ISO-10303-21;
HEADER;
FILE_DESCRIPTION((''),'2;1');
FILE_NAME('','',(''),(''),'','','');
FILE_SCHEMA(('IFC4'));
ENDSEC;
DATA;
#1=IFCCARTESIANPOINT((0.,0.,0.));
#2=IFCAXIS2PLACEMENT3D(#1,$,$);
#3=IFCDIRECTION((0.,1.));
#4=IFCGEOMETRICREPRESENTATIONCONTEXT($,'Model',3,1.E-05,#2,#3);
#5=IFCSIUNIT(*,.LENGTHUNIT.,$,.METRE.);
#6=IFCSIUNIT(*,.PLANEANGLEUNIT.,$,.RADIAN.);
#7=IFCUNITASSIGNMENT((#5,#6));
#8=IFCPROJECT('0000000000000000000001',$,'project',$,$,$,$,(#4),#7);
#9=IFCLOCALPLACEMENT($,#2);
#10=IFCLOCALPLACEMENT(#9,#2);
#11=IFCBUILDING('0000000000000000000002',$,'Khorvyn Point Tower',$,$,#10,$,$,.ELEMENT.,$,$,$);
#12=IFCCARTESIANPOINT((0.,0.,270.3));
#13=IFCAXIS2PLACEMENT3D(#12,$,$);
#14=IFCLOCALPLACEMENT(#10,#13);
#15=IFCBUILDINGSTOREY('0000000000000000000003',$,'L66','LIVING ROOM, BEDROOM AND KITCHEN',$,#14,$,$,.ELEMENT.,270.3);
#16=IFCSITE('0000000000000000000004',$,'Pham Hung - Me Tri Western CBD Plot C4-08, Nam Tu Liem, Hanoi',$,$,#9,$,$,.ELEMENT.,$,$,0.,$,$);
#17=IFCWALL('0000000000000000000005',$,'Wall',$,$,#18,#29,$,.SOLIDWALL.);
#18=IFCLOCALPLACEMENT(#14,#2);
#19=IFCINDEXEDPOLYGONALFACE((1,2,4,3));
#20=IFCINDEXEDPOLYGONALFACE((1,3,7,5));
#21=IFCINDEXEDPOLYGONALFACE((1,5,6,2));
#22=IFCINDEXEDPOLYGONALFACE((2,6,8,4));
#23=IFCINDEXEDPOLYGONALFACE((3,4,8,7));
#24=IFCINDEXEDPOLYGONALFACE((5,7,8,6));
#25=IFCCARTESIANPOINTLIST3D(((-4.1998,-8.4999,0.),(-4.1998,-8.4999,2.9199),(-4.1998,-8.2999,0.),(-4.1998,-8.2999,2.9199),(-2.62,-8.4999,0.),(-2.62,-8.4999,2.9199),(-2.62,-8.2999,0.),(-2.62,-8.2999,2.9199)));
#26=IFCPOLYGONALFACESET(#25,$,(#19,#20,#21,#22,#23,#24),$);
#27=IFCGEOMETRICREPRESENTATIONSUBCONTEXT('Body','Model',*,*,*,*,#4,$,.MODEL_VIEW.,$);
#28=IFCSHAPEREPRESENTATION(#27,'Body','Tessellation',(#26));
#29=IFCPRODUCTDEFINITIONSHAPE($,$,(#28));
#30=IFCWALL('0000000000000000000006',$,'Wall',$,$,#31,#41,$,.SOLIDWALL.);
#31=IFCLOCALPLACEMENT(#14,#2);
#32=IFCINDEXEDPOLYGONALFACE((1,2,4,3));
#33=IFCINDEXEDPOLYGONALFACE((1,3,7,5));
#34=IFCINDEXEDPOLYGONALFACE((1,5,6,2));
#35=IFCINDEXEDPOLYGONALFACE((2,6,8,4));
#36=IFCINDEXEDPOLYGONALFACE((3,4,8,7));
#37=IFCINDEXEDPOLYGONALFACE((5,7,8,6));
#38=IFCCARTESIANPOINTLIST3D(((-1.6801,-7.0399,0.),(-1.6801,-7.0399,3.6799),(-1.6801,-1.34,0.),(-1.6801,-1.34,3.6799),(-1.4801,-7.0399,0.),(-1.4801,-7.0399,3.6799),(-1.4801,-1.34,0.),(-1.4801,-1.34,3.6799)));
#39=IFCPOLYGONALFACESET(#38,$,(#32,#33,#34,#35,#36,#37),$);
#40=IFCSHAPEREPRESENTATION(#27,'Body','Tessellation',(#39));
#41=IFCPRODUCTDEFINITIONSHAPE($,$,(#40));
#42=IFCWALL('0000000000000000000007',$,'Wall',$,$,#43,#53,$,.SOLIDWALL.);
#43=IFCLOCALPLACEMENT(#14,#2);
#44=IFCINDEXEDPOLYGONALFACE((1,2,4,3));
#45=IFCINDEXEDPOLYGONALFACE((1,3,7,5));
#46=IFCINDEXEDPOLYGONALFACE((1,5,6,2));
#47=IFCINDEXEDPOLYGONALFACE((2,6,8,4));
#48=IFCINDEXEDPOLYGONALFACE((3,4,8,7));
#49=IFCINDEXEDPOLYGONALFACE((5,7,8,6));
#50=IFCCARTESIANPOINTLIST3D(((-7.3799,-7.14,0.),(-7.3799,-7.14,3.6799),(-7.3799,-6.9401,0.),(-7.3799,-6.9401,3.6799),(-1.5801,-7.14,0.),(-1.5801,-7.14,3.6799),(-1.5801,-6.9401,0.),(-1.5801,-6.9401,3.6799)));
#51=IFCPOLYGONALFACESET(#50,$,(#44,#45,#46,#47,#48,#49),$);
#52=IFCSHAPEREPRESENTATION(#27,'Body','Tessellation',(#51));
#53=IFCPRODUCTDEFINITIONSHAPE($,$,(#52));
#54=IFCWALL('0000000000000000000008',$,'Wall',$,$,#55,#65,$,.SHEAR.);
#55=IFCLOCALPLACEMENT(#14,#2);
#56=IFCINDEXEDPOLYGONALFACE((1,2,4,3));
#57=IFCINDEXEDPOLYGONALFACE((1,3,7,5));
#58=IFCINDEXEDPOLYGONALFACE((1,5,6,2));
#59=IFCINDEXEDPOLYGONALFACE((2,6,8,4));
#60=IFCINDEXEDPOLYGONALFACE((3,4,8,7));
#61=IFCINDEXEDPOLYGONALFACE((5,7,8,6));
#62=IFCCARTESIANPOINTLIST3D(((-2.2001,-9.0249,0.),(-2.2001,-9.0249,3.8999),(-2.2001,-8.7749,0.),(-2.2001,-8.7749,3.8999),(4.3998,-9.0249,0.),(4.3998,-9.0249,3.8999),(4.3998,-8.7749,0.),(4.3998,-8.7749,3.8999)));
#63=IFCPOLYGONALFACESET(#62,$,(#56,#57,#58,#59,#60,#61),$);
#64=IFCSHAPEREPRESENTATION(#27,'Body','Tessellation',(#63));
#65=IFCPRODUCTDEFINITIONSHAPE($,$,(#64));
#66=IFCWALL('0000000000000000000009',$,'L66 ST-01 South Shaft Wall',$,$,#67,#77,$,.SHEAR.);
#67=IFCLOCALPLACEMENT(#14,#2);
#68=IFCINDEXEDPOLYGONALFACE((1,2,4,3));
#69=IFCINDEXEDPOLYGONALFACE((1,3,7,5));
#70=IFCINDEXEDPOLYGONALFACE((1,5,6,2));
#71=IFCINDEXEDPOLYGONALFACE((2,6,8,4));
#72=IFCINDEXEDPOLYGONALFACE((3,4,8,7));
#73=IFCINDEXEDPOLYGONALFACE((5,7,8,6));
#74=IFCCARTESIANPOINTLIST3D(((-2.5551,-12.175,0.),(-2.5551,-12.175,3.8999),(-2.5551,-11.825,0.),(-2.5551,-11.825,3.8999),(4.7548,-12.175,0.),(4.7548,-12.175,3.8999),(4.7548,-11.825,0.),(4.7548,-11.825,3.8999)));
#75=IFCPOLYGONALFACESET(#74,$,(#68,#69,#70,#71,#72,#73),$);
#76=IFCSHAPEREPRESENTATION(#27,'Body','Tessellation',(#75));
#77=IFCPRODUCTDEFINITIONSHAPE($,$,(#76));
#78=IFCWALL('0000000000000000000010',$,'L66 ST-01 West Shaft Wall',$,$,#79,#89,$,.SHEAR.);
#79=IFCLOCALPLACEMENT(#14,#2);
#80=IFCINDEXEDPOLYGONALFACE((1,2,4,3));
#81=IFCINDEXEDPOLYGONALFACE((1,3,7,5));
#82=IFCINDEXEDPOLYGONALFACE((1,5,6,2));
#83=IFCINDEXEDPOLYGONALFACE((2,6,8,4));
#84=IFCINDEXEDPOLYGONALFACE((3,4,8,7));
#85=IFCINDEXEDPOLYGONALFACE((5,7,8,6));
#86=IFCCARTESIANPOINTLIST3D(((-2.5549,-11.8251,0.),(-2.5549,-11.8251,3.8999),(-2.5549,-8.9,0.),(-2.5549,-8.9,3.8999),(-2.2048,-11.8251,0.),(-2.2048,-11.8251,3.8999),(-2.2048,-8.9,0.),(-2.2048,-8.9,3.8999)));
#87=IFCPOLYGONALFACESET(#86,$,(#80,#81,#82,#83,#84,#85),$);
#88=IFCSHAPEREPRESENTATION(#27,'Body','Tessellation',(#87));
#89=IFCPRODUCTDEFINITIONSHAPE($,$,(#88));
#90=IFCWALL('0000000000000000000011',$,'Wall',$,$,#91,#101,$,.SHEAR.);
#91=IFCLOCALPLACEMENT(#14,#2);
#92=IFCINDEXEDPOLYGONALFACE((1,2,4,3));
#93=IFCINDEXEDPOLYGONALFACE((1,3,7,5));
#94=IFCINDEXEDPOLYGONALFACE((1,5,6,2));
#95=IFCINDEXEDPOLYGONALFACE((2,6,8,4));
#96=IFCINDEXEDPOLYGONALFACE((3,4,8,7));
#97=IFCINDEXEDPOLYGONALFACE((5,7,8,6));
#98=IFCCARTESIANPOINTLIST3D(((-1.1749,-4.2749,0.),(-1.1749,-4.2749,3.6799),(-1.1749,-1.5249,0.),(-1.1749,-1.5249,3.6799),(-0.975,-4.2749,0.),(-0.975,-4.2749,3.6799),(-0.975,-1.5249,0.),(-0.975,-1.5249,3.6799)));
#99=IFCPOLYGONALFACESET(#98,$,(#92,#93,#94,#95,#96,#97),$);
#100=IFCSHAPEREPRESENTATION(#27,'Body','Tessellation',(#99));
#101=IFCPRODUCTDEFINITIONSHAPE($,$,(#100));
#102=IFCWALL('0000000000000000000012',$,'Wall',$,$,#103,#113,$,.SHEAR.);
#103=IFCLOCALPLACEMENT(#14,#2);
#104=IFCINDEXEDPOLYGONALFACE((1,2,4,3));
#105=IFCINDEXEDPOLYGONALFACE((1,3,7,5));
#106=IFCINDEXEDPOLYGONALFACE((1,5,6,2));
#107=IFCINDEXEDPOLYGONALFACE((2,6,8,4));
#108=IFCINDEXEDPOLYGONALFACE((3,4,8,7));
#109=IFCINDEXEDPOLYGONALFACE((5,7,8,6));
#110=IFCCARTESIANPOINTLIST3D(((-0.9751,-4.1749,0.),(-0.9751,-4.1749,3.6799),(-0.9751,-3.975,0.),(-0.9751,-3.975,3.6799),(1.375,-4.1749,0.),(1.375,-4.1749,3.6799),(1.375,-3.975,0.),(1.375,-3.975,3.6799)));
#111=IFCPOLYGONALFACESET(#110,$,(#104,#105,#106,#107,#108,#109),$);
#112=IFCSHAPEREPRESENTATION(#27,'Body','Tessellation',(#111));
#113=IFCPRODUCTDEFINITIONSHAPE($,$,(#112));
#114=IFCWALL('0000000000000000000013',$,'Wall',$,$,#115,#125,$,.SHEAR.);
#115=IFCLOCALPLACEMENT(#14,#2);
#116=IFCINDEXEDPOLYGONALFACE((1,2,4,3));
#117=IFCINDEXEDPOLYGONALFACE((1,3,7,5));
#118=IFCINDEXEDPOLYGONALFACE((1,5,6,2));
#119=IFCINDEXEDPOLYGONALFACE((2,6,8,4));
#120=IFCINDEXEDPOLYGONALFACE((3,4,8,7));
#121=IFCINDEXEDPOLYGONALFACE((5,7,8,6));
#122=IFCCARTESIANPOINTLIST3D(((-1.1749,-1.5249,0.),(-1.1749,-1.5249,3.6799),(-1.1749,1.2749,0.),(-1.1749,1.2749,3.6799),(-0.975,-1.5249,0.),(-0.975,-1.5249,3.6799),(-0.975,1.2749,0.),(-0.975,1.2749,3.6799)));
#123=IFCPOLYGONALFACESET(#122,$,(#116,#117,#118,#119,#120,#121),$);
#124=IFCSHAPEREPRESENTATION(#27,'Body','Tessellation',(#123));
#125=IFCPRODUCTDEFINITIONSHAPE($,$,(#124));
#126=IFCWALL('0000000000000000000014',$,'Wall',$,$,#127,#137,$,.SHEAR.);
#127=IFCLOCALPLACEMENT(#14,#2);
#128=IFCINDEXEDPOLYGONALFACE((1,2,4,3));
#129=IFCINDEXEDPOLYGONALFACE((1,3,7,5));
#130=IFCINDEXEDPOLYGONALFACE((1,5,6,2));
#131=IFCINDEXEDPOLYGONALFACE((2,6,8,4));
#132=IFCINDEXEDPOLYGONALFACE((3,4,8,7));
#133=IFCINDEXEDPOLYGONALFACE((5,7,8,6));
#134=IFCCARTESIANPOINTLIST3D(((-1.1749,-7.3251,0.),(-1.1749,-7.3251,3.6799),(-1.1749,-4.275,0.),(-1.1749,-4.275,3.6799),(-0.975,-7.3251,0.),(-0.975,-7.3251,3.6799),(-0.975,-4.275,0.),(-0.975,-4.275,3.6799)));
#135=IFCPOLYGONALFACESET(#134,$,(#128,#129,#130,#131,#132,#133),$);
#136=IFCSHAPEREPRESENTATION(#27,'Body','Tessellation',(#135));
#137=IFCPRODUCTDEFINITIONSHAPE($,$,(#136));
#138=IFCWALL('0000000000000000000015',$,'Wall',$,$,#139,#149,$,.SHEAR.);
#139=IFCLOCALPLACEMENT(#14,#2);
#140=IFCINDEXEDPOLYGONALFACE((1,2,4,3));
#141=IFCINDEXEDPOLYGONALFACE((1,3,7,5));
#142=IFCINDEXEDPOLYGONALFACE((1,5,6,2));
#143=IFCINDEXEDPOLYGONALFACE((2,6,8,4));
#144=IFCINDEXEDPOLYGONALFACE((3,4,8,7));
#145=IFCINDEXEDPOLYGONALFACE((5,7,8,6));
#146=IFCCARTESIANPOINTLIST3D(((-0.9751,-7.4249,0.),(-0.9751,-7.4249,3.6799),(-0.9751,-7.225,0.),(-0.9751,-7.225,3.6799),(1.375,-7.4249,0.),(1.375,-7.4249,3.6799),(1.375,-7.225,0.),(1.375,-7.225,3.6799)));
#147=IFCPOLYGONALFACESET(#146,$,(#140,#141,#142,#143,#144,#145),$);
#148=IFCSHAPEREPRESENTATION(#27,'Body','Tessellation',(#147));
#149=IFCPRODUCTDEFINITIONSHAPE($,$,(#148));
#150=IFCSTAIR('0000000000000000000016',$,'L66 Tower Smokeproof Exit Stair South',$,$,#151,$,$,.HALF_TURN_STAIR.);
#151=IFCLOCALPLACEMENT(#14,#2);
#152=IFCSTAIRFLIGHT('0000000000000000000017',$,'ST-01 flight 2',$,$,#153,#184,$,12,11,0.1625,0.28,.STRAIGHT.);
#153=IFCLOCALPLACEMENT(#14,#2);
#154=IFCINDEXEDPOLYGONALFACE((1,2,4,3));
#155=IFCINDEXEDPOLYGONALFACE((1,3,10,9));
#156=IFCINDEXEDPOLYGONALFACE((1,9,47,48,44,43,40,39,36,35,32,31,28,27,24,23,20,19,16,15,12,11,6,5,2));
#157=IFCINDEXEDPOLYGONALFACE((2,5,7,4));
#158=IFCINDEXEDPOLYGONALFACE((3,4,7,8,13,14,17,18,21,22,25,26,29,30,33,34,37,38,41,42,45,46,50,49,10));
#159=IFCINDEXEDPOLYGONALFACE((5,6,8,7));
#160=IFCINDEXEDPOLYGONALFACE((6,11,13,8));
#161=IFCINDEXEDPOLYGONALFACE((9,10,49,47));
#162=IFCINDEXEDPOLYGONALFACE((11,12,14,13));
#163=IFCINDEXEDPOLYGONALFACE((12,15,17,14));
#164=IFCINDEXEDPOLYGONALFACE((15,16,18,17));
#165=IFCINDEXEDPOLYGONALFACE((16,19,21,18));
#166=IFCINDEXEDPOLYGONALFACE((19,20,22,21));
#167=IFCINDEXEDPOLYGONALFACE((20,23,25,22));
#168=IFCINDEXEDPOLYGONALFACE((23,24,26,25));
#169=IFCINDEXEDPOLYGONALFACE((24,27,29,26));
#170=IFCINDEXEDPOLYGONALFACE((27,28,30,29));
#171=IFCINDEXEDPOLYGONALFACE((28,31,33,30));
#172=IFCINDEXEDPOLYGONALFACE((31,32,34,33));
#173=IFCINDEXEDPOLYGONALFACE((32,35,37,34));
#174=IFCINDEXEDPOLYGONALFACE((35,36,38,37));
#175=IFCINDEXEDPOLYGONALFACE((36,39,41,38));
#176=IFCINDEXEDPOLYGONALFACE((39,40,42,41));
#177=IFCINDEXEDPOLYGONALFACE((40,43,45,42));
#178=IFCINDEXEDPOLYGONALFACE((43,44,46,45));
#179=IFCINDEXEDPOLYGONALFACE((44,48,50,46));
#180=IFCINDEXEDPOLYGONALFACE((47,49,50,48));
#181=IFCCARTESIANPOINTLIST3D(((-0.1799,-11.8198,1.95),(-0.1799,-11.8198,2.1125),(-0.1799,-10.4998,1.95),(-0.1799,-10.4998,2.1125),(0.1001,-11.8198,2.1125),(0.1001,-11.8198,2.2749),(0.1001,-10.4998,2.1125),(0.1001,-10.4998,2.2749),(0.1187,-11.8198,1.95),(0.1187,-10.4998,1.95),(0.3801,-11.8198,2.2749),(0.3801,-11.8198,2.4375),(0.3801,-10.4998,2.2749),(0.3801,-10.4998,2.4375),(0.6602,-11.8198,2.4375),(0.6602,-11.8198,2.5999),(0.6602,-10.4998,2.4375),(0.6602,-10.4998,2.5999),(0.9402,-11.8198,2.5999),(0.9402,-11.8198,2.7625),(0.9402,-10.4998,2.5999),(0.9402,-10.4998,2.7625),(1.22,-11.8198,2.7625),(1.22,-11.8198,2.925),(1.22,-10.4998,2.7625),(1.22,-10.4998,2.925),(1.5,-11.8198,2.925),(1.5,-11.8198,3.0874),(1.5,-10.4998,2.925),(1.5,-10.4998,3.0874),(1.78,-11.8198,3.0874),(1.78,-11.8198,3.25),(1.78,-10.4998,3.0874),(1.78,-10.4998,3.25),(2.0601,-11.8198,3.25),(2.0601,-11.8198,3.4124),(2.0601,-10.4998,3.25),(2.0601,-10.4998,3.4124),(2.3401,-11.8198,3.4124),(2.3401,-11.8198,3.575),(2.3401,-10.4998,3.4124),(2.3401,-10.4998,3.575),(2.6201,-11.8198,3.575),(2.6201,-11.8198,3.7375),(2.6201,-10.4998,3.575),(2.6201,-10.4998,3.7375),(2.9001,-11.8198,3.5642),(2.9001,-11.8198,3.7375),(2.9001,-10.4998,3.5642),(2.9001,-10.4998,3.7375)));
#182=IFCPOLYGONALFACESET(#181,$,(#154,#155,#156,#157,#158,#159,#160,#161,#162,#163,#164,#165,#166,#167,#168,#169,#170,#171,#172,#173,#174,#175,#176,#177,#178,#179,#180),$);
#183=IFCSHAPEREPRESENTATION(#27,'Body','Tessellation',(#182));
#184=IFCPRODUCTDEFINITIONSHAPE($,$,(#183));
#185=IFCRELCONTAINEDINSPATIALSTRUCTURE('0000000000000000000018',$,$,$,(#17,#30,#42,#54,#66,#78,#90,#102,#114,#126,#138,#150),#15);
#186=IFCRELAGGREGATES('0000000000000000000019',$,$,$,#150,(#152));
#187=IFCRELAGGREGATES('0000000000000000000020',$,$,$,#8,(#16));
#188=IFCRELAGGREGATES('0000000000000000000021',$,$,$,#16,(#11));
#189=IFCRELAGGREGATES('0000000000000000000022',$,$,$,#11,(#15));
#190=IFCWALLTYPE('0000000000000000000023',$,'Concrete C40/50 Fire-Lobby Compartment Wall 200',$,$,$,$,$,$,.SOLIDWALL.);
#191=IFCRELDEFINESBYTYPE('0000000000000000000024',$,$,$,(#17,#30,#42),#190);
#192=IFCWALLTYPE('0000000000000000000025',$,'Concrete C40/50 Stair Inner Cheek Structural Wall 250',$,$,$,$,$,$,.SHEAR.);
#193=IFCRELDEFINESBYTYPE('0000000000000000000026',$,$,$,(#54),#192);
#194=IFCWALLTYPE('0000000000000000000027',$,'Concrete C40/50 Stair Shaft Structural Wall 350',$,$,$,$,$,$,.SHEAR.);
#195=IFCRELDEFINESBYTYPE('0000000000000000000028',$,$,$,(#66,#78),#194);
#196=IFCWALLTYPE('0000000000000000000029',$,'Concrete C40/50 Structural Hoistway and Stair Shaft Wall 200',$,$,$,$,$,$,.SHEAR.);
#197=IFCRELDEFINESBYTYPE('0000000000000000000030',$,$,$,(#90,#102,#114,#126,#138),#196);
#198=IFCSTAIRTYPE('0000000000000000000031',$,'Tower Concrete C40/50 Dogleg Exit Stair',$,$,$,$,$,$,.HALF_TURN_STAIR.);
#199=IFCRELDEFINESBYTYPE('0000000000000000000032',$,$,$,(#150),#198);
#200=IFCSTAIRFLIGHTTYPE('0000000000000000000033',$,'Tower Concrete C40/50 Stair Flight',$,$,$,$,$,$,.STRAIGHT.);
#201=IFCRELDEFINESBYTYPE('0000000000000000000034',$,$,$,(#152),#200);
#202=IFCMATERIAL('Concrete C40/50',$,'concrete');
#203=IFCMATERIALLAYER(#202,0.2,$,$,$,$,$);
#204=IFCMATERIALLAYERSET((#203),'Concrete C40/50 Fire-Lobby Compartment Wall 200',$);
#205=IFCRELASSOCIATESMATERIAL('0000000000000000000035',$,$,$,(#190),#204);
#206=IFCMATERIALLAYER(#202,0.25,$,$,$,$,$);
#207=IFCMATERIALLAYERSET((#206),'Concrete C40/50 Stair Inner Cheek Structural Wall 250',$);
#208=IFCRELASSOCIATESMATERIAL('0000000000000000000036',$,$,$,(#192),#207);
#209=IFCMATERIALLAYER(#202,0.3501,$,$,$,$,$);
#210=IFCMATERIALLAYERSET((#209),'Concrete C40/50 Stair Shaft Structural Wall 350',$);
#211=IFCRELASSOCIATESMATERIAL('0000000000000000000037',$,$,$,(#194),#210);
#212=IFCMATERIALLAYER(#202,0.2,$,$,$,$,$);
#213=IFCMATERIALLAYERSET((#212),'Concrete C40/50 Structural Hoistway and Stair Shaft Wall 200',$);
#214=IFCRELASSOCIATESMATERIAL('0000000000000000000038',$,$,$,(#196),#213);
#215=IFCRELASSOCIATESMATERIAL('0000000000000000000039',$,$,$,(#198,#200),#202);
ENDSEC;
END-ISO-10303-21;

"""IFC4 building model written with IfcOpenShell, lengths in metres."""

from ifc_helpers import new_model, si_unit, direction, frame, frame_2d, origin, place, context, subcontext, project, spatial, polyline, rectangle, outline, extrude, material, layer, layer_set, type_object, element, aggregate, save


model = new_model("IFC4")

# Units and contexts
model_context = context("Model", 3, precision=1e-05, world=origin(), true_north=direction((0.0, 1.0)))
body_context = subcontext(model_context, "Body", "Model", "MODEL_VIEW")
ifc_project = project(units=[si_unit("LENGTHUNIT", "METRE"), si_unit("PLANEANGLEUNIT", "RADIAN")], contexts=[model_context])

# Site, building, storey
site_placement = place(None, origin())
site = spatial("IfcSite", under=ifc_project, at=site_placement, Name="Pham Hung - Me Tri Western CBD Plot C4-08, Nam Tu Liem, Hanoi", CompositionType="ELEMENT", RefElevation=0.0)
building_placement = place(site_placement, origin())
building = spatial("IfcBuilding", under=site, at=building_placement, Name="Khorvyn Point Tower", CompositionType="ELEMENT")
storey_placement = place(building_placement, frame((0.0, 0.0, 270.3)))
storey = spatial("IfcBuildingStorey", under=building, at=storey_placement, Name="L66", Description="LIVING ROOM, BEDROOM AND KITCHEN", CompositionType="ELEMENT", Elevation=270.3)

# Shared definitions
ifc_material_1 = material(Name="Concrete C40/50", Category="concrete")

# Shared definitions
ifc_layer_1 = layer(ifc_material_1, 0.2)
ifc_layer_set_1 = layer_set([ifc_layer_1], Name="Concrete C40/50 Fire-Lobby Compartment Wall 200")
wall_type_1 = type_object("IfcWallType", Name="Concrete C40/50 Fire-Lobby Compartment Wall 200", PredefinedType="SOLIDWALL", material=ifc_layer_set_1)

# Walls
wall_1_placement = place(storey_placement, frame((-4.2, -8.3999, 0.0), z_axis=(0.0, 0.0, 1.0), x_axis=(1.0, 0.0, 0.0)))
element("IfcWall", 1, at=wall_1_placement, inside=storey, type_object=wall_type_1, Name="Wall", PredefinedType="SOLIDWALL", context=body_context, shape_type="SweptSolid", body=[
    extrude(rectangle(XDim=1.5798, YDim=0.2, at=frame_2d((0.79, 0.0))), origin(), (0.0, 0.0, 1.0), 2.9199),
])
wall_2_placement = place(storey_placement, frame((-1.5801, -7.04, 0.0), z_axis=(0.0, 0.0, 1.0), x_axis=(0.0, 1.0, 0.0)))
element("IfcWall", 2, at=wall_2_placement, inside=storey, type_object=wall_type_1, Name="Wall", PredefinedType="SOLIDWALL", context=body_context, shape_type="SweptSolid", body=[
    extrude(rectangle(XDim=5.7, YDim=0.2, at=frame_2d((2.8501, 0.0))), origin(), (0.0, 0.0, 1.0), 3.6799),
])
wall_3_placement = place(storey_placement, frame((-7.3799, -7.04, 0.0), z_axis=(0.0, 0.0, 1.0), x_axis=(1.0, 0.0, 0.0)))
element("IfcWall", 3, at=wall_3_placement, inside=storey, type_object=wall_type_1, Name="Wall", PredefinedType="SOLIDWALL", context=body_context, shape_type="SweptSolid", body=[
    extrude(rectangle(XDim=5.7998, YDim=0.2, at=frame_2d((2.8999, 0.0))), origin(), (0.0, 0.0, 1.0), 3.6799),
])
ifc_layer_2 = layer(ifc_material_1, 0.25)
ifc_layer_set_2 = layer_set([ifc_layer_2], Name="Concrete C40/50 Stair Inner Cheek Structural Wall 250")
wall_type_2 = type_object("IfcWallType", Name="Concrete C40/50 Stair Inner Cheek Structural Wall 250", PredefinedType="SHEAR", material=ifc_layer_set_2)
wall_4_placement = place(storey_placement, frame((-2.2, -8.8999, 0.0), z_axis=(0.0, 0.0, 1.0), x_axis=(1.0, 0.0, 0.0)))
element("IfcWall", 4, at=wall_4_placement, inside=storey, type_object=wall_type_2, Name="Wall", PredefinedType="SHEAR", context=body_context, shape_type="SweptSolid", body=[
    extrude(rectangle(XDim=6.5999, YDim=0.25, at=frame_2d((3.2998, 0.0))), origin(), (0.0, 0.0, 1.0), 3.8999),
])
ifc_layer_3 = layer(ifc_material_1, 0.3501)
ifc_layer_set_3 = layer_set([ifc_layer_3], Name="Concrete C40/50 Stair Shaft Structural Wall 350")
wall_type_3 = type_object("IfcWallType", Name="Concrete C40/50 Stair Shaft Structural Wall 350", PredefinedType="SHEAR", material=ifc_layer_set_3)
wall_5_placement = place(storey_placement, frame((-2.5549, -12.0, 0.0), z_axis=(0.0, 0.0, 1.0), x_axis=(1.0, 0.0, 0.0)))
element("IfcWall", 5, at=wall_5_placement, inside=storey, type_object=wall_type_3, Name="L66 ST-01 South Shaft Wall", PredefinedType="SHEAR", context=body_context, shape_type="SweptSolid", body=[
    extrude(rectangle(XDim=7.3098, YDim=0.3501, at=frame_2d((3.6548, 0.0))), origin(), (0.0, 0.0, 1.0), 3.8999),
])
wall_6_placement = place(storey_placement, frame((-2.3799, -11.825, 0.0), z_axis=(0.0, 0.0, 1.0), x_axis=(0.0, 1.0, 0.0)))
element("IfcWall", 6, at=wall_6_placement, inside=storey, type_object=wall_type_3, Name="L66 ST-01 West Shaft Wall", PredefinedType="SHEAR", context=body_context, shape_type="SweptSolid", body=[
    extrude(rectangle(XDim=2.925, YDim=0.3501, at=frame_2d((1.4624, 0.0))), origin(), (0.0, 0.0, 1.0), 3.8999),
])
ifc_layer_4 = layer(ifc_material_1, 0.2)
ifc_layer_set_4 = layer_set([ifc_layer_4], Name="Concrete C40/50 Structural Hoistway and Stair Shaft Wall 200")
wall_type_4 = type_object("IfcWallType", Name="Concrete C40/50 Structural Hoistway and Stair Shaft Wall 200", PredefinedType="SHEAR", material=ifc_layer_set_4)
wall_7_placement = place(storey_placement, frame((-1.075, -4.2749, 0.0), z_axis=(0.0, 0.0, 1.0), x_axis=(0.0, 1.0, 0.0)))
element("IfcWall", 7, at=wall_7_placement, inside=storey, type_object=wall_type_4, Name="Wall", PredefinedType="SHEAR", context=body_context, shape_type="SweptSolid", body=[
    extrude(rectangle(XDim=2.75, YDim=0.2, at=frame_2d((1.375, 0.0))), origin(), (0.0, 0.0, 1.0), 3.6799),
])
wall_8_placement = place(storey_placement, frame((-0.9751, -4.075, 0.0), z_axis=(0.0, 0.0, 1.0), x_axis=(1.0, 0.0, 0.0)))
element("IfcWall", 8, at=wall_8_placement, inside=storey, type_object=wall_type_4, Name="Wall", PredefinedType="SHEAR", context=body_context, shape_type="SweptSolid", body=[
    extrude(rectangle(XDim=2.3501, YDim=0.2, at=frame_2d((1.175, 0.0))), origin(), (0.0, 0.0, 1.0), 3.6799),
])
wall_9_placement = place(storey_placement, frame((-1.075, -1.5249, 0.0), z_axis=(0.0, 0.0, 1.0), x_axis=(0.0, 1.0, 0.0)))
element("IfcWall", 9, at=wall_9_placement, inside=storey, type_object=wall_type_4, Name="Wall", PredefinedType="SHEAR", context=body_context, shape_type="SweptSolid", body=[
    extrude(rectangle(XDim=2.7998, YDim=0.2, at=frame_2d((1.3999, 0.0))), origin(), (0.0, 0.0, 1.0), 3.6799),
])
wall_10_placement = place(storey_placement, frame((-1.075, -7.325, 0.0), z_axis=(0.0, 0.0, 1.0), x_axis=(0.0, 1.0, 0.0)))
element("IfcWall", 10, at=wall_10_placement, inside=storey, type_object=wall_type_4, Name="Wall", PredefinedType="SHEAR", context=body_context, shape_type="SweptSolid", body=[
    extrude(rectangle(XDim=3.05, YDim=0.2, at=frame_2d((1.5249, 0.0))), origin(), (0.0, 0.0, 1.0), 3.6799),
])
wall_11_placement = place(storey_placement, frame((-0.9751, -7.325, 0.0), z_axis=(0.0, 0.0, 1.0), x_axis=(1.0, 0.0, 0.0)))
element("IfcWall", 11, at=wall_11_placement, inside=storey, type_object=wall_type_4, Name="Wall", PredefinedType="SHEAR", context=body_context, shape_type="SweptSolid", body=[
    extrude(rectangle(XDim=2.3501, YDim=0.2, at=frame_2d((1.175, 0.0))), origin(), (0.0, 0.0, 1.0), 3.6799),
])

# Stair, stair flight
stair_type = type_object("IfcStairType", Name="Tower Concrete C40/50 Dogleg Exit Stair", PredefinedType="HALF_TURN_STAIR", material=ifc_material_1)
stair_placement = place(storey_placement, origin())
stair = element("IfcStair", 12, at=stair_placement, inside=storey, type_object=stair_type, Name="L66 Tower Smokeproof Exit Stair South", PredefinedType="HALF_TURN_STAIR")
stair_flight_type = type_object("IfcStairFlightType", Name="Tower Concrete C40/50 Stair Flight", PredefinedType="STRAIGHT", material=ifc_material_1)
stair_flight_placement = place(storey_placement, frame((-0.1799, -11.1599, 1.95), z_axis=(0.0, 0.0, 1.0), x_axis=(1.0, 0.0, 0.0)))
stair_flight = element("IfcStairFlight", 13, at=stair_flight_placement, type_object=stair_flight_type, Name="ST-01 flight 2", NumberOfRisers=12, NumberOfTreads=11, PredefinedType="STRAIGHT", RiserHeight=0.1625, TreadLength=0.28, context=body_context, shape_type="SweptSolid", body=[
    extrude(outline(polyline([(0.0, 0.0), (0.0, 0.1626), (0.28, 0.1626), (0.28, 0.325), (0.5601, 0.325), (0.5601, 0.4875), (0.8401, 0.4875), (0.8401, 0.6499), (1.1201, 0.6499), (1.1201, 0.8125), (1.3999, 0.8125), (1.3999, 0.9751), (1.6799, 0.9751), (1.6799, 1.1375), (1.96, 1.1375), (1.96, 1.3), (2.24, 1.3), (2.24, 1.4624), (2.52, 1.4624), (2.52, 1.625), (2.8, 1.625), (2.8, 1.7876), (3.0801, 1.7876), (3.0801, 1.95), (3.0801, 1.6143), (0.2986, 0.0), (0.0, 0.0)])), frame((0.0, 0.6602, 0.0), z_axis=(0.0, -1.0, 0.0), x_axis=(1.0, 0.0, 0.0)), (0.0, 0.0, 1.0), 1.3201),
])
aggregate(stair, [stair_flight])

save(model, "model.ifc")
